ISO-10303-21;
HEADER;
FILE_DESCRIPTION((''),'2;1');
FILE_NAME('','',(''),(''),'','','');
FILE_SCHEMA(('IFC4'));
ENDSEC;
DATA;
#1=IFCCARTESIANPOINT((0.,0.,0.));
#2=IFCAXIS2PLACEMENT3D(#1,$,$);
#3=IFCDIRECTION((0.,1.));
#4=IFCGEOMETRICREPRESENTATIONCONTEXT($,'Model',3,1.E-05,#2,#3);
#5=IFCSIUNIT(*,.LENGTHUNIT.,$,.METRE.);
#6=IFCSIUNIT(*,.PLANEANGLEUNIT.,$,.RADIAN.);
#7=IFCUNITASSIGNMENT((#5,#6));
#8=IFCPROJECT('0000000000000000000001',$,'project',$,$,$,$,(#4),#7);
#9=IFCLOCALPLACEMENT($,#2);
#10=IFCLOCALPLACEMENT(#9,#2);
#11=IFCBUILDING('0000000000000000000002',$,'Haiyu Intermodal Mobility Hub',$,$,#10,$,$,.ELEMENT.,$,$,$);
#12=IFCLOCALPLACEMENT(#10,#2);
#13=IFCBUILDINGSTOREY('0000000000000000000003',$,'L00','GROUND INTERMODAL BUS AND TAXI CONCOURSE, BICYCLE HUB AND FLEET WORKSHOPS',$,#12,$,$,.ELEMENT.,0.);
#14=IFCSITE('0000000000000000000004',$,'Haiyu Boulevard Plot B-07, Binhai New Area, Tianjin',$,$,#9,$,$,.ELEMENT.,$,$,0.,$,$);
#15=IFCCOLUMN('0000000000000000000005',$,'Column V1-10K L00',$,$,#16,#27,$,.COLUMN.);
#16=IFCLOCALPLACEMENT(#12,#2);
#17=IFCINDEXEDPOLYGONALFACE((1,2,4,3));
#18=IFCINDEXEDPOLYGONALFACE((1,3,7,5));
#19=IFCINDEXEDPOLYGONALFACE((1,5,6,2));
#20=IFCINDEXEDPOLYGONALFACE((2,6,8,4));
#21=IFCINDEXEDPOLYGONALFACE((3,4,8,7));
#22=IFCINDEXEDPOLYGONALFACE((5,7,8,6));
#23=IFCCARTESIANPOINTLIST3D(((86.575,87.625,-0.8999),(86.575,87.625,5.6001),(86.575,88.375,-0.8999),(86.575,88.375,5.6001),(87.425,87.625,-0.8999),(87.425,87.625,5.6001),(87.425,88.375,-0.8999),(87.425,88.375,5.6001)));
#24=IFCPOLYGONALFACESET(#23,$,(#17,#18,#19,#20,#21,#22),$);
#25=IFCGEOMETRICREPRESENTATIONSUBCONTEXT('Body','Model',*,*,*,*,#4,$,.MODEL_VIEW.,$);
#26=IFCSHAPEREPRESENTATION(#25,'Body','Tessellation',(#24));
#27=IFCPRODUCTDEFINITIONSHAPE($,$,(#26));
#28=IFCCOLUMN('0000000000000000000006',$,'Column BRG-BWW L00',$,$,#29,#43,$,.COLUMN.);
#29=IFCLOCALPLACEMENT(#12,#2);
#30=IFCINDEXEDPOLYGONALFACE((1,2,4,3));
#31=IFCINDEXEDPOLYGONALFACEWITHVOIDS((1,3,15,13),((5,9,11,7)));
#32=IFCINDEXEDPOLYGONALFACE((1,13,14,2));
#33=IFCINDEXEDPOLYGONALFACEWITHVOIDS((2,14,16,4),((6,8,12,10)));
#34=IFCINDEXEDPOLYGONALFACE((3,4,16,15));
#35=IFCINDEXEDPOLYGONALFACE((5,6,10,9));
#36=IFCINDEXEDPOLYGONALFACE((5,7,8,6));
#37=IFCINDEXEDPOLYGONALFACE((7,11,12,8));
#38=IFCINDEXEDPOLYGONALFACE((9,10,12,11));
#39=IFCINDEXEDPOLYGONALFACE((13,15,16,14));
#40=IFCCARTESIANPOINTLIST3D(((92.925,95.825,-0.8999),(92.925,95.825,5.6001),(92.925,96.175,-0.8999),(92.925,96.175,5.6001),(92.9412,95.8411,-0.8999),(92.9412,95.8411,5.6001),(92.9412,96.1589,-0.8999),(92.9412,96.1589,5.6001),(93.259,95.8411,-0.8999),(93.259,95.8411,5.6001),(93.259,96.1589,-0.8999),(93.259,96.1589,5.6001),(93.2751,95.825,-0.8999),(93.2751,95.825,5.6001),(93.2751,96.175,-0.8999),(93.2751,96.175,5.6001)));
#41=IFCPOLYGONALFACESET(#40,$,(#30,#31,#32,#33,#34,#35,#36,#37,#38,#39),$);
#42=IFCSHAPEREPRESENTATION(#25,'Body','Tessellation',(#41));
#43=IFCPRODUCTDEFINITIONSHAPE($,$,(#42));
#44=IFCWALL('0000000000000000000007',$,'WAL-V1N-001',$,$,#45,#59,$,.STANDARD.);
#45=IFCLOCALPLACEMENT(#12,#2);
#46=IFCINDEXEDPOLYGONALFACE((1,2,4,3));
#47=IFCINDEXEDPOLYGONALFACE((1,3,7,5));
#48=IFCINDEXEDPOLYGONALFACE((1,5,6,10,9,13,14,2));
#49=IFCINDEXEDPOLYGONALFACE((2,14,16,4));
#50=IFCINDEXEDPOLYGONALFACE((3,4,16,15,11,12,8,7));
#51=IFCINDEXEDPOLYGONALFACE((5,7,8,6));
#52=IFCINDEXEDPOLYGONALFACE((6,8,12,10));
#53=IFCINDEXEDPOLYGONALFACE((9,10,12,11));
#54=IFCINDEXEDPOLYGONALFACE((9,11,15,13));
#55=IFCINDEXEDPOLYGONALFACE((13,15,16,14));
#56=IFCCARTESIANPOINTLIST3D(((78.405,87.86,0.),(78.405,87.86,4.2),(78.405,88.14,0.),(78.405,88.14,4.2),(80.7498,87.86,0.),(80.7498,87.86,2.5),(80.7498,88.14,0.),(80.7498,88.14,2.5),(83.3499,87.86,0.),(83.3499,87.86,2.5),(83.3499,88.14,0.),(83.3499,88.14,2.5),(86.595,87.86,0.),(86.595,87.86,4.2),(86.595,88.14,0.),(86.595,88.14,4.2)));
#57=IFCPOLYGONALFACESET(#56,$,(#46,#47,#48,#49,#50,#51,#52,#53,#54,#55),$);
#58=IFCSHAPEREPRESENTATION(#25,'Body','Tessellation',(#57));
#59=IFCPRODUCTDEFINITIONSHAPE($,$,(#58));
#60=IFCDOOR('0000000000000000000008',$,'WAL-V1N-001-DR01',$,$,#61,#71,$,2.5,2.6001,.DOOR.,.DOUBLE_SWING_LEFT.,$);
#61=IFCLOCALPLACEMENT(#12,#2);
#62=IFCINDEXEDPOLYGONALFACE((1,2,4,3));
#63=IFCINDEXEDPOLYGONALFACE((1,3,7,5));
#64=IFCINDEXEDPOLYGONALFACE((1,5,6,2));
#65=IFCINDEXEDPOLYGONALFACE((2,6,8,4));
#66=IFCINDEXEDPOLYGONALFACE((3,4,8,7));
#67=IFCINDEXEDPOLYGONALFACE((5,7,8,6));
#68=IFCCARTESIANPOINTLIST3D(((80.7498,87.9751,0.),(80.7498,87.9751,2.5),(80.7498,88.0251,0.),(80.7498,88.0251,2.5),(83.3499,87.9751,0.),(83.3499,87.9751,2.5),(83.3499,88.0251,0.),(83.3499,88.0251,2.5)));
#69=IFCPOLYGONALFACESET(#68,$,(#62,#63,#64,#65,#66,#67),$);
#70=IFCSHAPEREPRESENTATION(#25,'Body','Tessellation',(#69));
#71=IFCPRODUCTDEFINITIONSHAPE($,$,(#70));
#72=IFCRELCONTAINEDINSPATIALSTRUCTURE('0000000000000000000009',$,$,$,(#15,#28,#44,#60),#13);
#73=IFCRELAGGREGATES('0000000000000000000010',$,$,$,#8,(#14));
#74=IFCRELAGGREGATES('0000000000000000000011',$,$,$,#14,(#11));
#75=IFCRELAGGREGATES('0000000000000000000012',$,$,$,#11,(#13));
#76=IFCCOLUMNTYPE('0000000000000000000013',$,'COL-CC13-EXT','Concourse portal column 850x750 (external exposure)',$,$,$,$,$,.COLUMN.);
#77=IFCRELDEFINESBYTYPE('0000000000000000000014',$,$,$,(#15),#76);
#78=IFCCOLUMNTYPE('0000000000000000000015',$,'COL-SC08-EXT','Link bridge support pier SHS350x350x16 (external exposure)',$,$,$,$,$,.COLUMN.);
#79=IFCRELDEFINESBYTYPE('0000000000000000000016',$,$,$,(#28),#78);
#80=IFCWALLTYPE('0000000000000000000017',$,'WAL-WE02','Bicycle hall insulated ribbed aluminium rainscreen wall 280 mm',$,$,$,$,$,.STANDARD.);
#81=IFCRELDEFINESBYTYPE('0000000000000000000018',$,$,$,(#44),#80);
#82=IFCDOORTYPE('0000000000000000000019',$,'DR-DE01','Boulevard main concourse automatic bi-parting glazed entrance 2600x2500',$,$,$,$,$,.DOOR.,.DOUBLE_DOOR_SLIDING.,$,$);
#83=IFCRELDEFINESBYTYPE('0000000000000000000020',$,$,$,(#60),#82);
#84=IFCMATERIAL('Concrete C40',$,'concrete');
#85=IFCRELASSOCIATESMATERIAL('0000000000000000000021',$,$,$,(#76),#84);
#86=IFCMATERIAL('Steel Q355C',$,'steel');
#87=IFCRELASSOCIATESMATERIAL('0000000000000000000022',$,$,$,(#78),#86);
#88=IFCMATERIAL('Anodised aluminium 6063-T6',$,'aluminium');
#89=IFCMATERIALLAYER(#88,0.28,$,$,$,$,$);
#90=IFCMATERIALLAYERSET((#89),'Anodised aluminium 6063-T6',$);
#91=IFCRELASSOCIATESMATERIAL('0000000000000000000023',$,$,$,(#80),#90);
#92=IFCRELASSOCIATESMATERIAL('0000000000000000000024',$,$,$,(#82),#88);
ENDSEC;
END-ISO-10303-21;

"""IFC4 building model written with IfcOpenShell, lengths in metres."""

from ifc_helpers import new_model, si_unit, direction, frame, frame_2d, origin, origin_2d, place, context, subcontext, project, spatial, rectangle, hollow_rectangle, extrude, material, layer, layer_set, material_profile, profile_set, type_object, element, fill, save


model = new_model("IFC4")

# Units and contexts
model_context = context("Model", 3, precision=1e-05, world=origin(), true_north=direction((0.0, 1.0)))
body_context = subcontext(model_context, "Body", "Model", "MODEL_VIEW")
ifc_project = project(units=[si_unit("LENGTHUNIT", "METRE"), si_unit("PLANEANGLEUNIT", "RADIAN")], contexts=[model_context])

# Site, building, storey
site_placement = place(None, origin())
site = spatial("IfcSite", under=ifc_project, at=site_placement, Name="Haiyu Boulevard Plot B-07, Binhai New Area, Tianjin", CompositionType="ELEMENT", RefElevation=0.0)
building_placement = place(site_placement, origin())
building = spatial("IfcBuilding", under=site, at=building_placement, Name="Haiyu Intermodal Mobility Hub", CompositionType="ELEMENT")
storey_placement = place(building_placement, origin())
storey = spatial("IfcBuildingStorey", under=building, at=storey_placement, Name="L00", Description="GROUND INTERMODAL BUS AND TAXI CONCOURSE, BICYCLE HUB AND FLEET WORKSHOPS", CompositionType="ELEMENT", Elevation=0.0)

# Shared definitions
ifc_material_1 = material(Name="Concrete C40", Category="concrete")

# Columns
ifc_material_profile_1 = material_profile(ifc_material_1, rectangle(XDim=0.8501, YDim=0.75, at=origin_2d()), Name="C850x750")
ifc_profile_set_1 = profile_set([ifc_material_profile_1], Name="Concrete C40")
column_type_1 = type_object("IfcColumnType", Name="COL-CC13-EXT", Description="Concourse portal column 850x750 (external exposure)", PredefinedType="COLUMN", material=ifc_profile_set_1)
column_1_placement = place(storey_placement, frame((87.0, 88.0, -0.8999), z_axis=(0.0, 0.0, 1.0), x_axis=(1.0, 0.0, 0.0)))
element("IfcColumn", 1, at=column_1_placement, inside=storey, type_object=column_type_1, Name="Column V1-10K L00", PredefinedType="COLUMN", context=body_context, shape_type="SweptSolid", body=[
    extrude(rectangle(XDim=0.8501, YDim=0.75, at=origin_2d()), origin(), (0.0, 0.0, 1.0), 6.5),
])
ifc_material_2 = material(Name="Steel Q355C", Category="steel")
ifc_material_profile_2 = material_profile(ifc_material_2, hollow_rectangle(XDim=0.3501, YDim=0.3501, WallThickness=0.0161, at=origin_2d()), Name="SHS350x350x16")
ifc_profile_set_2 = profile_set([ifc_material_profile_2], Name="Steel Q355C")
column_type_2 = type_object("IfcColumnType", Name="COL-SC08-EXT", Description="Link bridge support pier SHS350x350x16 (external exposure)", PredefinedType="COLUMN", material=ifc_profile_set_2)
column_2_placement = place(storey_placement, frame((93.1001, 96.0, -0.8999), z_axis=(0.0, 0.0, 1.0), x_axis=(1.0, 0.0, 0.0)))
element("IfcColumn", 2, at=column_2_placement, inside=storey, type_object=column_type_2, Name="Column BRG-BWW L00", PredefinedType="COLUMN", context=body_context, shape_type="SweptSolid", body=[
    extrude(hollow_rectangle(XDim=0.3501, YDim=0.3501, WallThickness=0.0161, at=origin_2d()), origin(), (0.0, 0.0, 1.0), 6.5),
])

# Wall, opening, door
ifc_material_3 = material(Name="Anodised aluminium 6063-T6", Category="aluminium")
ifc_layer_1 = layer(ifc_material_3, 0.28)
ifc_layer_set_1 = layer_set([ifc_layer_1], Name="Anodised aluminium 6063-T6")
wall_type = type_object("IfcWallType", Name="WAL-WE02", Description="Bicycle hall insulated ribbed aluminium rainscreen wall 280 mm", PredefinedType="STANDARD", material=ifc_layer_set_1)
wall_1_placement = place(storey_placement, frame((86.595, 88.0, 0.0), z_axis=(0.0, 0.0, 1.0), x_axis=(-1.0, 0.0, 0.0)))
wall_1 = element("IfcWall", 3, at=wall_1_placement, inside=storey, type_object=wall_type, Name="WAL-V1N-001", PredefinedType="STANDARD", context=body_context, shape_type="SweptSolid", body=[
    extrude(rectangle(XDim=8.1899, YDim=0.28, at=frame_2d((4.095, 0.0))), origin(), (0.0, 0.0, 1.0), 4.2),
])
opening_1_placement = place(wall_1_placement, frame((3.2451, 0.0, 0.0)))
opening_1 = element("IfcOpeningElement", 4, at=opening_1_placement, cuts=wall_1, PredefinedType="OPENING", context=body_context, shape_type="SweptSolid", body=[
    extrude(rectangle(XDim=2.6001, YDim=2.5, at=frame_2d((1.3, 1.25))), frame((0.0, 0.1499, 0.0), z_axis=(0.0, -1.0, 0.0), x_axis=(1.0, 0.0, 0.0)), (0.0, 0.0, 1.0), 0.3),
])
door_type_1 = type_object("IfcDoorType", Name="DR-DE01", Description="Boulevard main concourse automatic bi-parting glazed entrance 2600x2500", OperationType="DOUBLE_DOOR_SLIDING", PredefinedType="DOOR", material=ifc_material_3)
door_1_placement = place(opening_1_placement, origin())
door_1 = element("IfcDoor", 5, at=door_1_placement, inside=storey, type_object=door_type_1, Name="WAL-V1N-001-DR01", OperationType="DOUBLE_SWING_LEFT", OverallHeight=2.5, OverallWidth=2.6001, PredefinedType="DOOR", context=body_context, shape_type="SweptSolid", body=[
    extrude(rectangle(XDim=2.6001, YDim=2.5, at=frame_2d((1.3, 1.25))), frame((0.0, 0.0249, 0.0), z_axis=(0.0, -1.0, 0.0), x_axis=(1.0, 0.0, 0.0)), (0.0, 0.0, 1.0), 0.05),
])
fill(opening_1, door_1)

save(model, "model.ifc")
